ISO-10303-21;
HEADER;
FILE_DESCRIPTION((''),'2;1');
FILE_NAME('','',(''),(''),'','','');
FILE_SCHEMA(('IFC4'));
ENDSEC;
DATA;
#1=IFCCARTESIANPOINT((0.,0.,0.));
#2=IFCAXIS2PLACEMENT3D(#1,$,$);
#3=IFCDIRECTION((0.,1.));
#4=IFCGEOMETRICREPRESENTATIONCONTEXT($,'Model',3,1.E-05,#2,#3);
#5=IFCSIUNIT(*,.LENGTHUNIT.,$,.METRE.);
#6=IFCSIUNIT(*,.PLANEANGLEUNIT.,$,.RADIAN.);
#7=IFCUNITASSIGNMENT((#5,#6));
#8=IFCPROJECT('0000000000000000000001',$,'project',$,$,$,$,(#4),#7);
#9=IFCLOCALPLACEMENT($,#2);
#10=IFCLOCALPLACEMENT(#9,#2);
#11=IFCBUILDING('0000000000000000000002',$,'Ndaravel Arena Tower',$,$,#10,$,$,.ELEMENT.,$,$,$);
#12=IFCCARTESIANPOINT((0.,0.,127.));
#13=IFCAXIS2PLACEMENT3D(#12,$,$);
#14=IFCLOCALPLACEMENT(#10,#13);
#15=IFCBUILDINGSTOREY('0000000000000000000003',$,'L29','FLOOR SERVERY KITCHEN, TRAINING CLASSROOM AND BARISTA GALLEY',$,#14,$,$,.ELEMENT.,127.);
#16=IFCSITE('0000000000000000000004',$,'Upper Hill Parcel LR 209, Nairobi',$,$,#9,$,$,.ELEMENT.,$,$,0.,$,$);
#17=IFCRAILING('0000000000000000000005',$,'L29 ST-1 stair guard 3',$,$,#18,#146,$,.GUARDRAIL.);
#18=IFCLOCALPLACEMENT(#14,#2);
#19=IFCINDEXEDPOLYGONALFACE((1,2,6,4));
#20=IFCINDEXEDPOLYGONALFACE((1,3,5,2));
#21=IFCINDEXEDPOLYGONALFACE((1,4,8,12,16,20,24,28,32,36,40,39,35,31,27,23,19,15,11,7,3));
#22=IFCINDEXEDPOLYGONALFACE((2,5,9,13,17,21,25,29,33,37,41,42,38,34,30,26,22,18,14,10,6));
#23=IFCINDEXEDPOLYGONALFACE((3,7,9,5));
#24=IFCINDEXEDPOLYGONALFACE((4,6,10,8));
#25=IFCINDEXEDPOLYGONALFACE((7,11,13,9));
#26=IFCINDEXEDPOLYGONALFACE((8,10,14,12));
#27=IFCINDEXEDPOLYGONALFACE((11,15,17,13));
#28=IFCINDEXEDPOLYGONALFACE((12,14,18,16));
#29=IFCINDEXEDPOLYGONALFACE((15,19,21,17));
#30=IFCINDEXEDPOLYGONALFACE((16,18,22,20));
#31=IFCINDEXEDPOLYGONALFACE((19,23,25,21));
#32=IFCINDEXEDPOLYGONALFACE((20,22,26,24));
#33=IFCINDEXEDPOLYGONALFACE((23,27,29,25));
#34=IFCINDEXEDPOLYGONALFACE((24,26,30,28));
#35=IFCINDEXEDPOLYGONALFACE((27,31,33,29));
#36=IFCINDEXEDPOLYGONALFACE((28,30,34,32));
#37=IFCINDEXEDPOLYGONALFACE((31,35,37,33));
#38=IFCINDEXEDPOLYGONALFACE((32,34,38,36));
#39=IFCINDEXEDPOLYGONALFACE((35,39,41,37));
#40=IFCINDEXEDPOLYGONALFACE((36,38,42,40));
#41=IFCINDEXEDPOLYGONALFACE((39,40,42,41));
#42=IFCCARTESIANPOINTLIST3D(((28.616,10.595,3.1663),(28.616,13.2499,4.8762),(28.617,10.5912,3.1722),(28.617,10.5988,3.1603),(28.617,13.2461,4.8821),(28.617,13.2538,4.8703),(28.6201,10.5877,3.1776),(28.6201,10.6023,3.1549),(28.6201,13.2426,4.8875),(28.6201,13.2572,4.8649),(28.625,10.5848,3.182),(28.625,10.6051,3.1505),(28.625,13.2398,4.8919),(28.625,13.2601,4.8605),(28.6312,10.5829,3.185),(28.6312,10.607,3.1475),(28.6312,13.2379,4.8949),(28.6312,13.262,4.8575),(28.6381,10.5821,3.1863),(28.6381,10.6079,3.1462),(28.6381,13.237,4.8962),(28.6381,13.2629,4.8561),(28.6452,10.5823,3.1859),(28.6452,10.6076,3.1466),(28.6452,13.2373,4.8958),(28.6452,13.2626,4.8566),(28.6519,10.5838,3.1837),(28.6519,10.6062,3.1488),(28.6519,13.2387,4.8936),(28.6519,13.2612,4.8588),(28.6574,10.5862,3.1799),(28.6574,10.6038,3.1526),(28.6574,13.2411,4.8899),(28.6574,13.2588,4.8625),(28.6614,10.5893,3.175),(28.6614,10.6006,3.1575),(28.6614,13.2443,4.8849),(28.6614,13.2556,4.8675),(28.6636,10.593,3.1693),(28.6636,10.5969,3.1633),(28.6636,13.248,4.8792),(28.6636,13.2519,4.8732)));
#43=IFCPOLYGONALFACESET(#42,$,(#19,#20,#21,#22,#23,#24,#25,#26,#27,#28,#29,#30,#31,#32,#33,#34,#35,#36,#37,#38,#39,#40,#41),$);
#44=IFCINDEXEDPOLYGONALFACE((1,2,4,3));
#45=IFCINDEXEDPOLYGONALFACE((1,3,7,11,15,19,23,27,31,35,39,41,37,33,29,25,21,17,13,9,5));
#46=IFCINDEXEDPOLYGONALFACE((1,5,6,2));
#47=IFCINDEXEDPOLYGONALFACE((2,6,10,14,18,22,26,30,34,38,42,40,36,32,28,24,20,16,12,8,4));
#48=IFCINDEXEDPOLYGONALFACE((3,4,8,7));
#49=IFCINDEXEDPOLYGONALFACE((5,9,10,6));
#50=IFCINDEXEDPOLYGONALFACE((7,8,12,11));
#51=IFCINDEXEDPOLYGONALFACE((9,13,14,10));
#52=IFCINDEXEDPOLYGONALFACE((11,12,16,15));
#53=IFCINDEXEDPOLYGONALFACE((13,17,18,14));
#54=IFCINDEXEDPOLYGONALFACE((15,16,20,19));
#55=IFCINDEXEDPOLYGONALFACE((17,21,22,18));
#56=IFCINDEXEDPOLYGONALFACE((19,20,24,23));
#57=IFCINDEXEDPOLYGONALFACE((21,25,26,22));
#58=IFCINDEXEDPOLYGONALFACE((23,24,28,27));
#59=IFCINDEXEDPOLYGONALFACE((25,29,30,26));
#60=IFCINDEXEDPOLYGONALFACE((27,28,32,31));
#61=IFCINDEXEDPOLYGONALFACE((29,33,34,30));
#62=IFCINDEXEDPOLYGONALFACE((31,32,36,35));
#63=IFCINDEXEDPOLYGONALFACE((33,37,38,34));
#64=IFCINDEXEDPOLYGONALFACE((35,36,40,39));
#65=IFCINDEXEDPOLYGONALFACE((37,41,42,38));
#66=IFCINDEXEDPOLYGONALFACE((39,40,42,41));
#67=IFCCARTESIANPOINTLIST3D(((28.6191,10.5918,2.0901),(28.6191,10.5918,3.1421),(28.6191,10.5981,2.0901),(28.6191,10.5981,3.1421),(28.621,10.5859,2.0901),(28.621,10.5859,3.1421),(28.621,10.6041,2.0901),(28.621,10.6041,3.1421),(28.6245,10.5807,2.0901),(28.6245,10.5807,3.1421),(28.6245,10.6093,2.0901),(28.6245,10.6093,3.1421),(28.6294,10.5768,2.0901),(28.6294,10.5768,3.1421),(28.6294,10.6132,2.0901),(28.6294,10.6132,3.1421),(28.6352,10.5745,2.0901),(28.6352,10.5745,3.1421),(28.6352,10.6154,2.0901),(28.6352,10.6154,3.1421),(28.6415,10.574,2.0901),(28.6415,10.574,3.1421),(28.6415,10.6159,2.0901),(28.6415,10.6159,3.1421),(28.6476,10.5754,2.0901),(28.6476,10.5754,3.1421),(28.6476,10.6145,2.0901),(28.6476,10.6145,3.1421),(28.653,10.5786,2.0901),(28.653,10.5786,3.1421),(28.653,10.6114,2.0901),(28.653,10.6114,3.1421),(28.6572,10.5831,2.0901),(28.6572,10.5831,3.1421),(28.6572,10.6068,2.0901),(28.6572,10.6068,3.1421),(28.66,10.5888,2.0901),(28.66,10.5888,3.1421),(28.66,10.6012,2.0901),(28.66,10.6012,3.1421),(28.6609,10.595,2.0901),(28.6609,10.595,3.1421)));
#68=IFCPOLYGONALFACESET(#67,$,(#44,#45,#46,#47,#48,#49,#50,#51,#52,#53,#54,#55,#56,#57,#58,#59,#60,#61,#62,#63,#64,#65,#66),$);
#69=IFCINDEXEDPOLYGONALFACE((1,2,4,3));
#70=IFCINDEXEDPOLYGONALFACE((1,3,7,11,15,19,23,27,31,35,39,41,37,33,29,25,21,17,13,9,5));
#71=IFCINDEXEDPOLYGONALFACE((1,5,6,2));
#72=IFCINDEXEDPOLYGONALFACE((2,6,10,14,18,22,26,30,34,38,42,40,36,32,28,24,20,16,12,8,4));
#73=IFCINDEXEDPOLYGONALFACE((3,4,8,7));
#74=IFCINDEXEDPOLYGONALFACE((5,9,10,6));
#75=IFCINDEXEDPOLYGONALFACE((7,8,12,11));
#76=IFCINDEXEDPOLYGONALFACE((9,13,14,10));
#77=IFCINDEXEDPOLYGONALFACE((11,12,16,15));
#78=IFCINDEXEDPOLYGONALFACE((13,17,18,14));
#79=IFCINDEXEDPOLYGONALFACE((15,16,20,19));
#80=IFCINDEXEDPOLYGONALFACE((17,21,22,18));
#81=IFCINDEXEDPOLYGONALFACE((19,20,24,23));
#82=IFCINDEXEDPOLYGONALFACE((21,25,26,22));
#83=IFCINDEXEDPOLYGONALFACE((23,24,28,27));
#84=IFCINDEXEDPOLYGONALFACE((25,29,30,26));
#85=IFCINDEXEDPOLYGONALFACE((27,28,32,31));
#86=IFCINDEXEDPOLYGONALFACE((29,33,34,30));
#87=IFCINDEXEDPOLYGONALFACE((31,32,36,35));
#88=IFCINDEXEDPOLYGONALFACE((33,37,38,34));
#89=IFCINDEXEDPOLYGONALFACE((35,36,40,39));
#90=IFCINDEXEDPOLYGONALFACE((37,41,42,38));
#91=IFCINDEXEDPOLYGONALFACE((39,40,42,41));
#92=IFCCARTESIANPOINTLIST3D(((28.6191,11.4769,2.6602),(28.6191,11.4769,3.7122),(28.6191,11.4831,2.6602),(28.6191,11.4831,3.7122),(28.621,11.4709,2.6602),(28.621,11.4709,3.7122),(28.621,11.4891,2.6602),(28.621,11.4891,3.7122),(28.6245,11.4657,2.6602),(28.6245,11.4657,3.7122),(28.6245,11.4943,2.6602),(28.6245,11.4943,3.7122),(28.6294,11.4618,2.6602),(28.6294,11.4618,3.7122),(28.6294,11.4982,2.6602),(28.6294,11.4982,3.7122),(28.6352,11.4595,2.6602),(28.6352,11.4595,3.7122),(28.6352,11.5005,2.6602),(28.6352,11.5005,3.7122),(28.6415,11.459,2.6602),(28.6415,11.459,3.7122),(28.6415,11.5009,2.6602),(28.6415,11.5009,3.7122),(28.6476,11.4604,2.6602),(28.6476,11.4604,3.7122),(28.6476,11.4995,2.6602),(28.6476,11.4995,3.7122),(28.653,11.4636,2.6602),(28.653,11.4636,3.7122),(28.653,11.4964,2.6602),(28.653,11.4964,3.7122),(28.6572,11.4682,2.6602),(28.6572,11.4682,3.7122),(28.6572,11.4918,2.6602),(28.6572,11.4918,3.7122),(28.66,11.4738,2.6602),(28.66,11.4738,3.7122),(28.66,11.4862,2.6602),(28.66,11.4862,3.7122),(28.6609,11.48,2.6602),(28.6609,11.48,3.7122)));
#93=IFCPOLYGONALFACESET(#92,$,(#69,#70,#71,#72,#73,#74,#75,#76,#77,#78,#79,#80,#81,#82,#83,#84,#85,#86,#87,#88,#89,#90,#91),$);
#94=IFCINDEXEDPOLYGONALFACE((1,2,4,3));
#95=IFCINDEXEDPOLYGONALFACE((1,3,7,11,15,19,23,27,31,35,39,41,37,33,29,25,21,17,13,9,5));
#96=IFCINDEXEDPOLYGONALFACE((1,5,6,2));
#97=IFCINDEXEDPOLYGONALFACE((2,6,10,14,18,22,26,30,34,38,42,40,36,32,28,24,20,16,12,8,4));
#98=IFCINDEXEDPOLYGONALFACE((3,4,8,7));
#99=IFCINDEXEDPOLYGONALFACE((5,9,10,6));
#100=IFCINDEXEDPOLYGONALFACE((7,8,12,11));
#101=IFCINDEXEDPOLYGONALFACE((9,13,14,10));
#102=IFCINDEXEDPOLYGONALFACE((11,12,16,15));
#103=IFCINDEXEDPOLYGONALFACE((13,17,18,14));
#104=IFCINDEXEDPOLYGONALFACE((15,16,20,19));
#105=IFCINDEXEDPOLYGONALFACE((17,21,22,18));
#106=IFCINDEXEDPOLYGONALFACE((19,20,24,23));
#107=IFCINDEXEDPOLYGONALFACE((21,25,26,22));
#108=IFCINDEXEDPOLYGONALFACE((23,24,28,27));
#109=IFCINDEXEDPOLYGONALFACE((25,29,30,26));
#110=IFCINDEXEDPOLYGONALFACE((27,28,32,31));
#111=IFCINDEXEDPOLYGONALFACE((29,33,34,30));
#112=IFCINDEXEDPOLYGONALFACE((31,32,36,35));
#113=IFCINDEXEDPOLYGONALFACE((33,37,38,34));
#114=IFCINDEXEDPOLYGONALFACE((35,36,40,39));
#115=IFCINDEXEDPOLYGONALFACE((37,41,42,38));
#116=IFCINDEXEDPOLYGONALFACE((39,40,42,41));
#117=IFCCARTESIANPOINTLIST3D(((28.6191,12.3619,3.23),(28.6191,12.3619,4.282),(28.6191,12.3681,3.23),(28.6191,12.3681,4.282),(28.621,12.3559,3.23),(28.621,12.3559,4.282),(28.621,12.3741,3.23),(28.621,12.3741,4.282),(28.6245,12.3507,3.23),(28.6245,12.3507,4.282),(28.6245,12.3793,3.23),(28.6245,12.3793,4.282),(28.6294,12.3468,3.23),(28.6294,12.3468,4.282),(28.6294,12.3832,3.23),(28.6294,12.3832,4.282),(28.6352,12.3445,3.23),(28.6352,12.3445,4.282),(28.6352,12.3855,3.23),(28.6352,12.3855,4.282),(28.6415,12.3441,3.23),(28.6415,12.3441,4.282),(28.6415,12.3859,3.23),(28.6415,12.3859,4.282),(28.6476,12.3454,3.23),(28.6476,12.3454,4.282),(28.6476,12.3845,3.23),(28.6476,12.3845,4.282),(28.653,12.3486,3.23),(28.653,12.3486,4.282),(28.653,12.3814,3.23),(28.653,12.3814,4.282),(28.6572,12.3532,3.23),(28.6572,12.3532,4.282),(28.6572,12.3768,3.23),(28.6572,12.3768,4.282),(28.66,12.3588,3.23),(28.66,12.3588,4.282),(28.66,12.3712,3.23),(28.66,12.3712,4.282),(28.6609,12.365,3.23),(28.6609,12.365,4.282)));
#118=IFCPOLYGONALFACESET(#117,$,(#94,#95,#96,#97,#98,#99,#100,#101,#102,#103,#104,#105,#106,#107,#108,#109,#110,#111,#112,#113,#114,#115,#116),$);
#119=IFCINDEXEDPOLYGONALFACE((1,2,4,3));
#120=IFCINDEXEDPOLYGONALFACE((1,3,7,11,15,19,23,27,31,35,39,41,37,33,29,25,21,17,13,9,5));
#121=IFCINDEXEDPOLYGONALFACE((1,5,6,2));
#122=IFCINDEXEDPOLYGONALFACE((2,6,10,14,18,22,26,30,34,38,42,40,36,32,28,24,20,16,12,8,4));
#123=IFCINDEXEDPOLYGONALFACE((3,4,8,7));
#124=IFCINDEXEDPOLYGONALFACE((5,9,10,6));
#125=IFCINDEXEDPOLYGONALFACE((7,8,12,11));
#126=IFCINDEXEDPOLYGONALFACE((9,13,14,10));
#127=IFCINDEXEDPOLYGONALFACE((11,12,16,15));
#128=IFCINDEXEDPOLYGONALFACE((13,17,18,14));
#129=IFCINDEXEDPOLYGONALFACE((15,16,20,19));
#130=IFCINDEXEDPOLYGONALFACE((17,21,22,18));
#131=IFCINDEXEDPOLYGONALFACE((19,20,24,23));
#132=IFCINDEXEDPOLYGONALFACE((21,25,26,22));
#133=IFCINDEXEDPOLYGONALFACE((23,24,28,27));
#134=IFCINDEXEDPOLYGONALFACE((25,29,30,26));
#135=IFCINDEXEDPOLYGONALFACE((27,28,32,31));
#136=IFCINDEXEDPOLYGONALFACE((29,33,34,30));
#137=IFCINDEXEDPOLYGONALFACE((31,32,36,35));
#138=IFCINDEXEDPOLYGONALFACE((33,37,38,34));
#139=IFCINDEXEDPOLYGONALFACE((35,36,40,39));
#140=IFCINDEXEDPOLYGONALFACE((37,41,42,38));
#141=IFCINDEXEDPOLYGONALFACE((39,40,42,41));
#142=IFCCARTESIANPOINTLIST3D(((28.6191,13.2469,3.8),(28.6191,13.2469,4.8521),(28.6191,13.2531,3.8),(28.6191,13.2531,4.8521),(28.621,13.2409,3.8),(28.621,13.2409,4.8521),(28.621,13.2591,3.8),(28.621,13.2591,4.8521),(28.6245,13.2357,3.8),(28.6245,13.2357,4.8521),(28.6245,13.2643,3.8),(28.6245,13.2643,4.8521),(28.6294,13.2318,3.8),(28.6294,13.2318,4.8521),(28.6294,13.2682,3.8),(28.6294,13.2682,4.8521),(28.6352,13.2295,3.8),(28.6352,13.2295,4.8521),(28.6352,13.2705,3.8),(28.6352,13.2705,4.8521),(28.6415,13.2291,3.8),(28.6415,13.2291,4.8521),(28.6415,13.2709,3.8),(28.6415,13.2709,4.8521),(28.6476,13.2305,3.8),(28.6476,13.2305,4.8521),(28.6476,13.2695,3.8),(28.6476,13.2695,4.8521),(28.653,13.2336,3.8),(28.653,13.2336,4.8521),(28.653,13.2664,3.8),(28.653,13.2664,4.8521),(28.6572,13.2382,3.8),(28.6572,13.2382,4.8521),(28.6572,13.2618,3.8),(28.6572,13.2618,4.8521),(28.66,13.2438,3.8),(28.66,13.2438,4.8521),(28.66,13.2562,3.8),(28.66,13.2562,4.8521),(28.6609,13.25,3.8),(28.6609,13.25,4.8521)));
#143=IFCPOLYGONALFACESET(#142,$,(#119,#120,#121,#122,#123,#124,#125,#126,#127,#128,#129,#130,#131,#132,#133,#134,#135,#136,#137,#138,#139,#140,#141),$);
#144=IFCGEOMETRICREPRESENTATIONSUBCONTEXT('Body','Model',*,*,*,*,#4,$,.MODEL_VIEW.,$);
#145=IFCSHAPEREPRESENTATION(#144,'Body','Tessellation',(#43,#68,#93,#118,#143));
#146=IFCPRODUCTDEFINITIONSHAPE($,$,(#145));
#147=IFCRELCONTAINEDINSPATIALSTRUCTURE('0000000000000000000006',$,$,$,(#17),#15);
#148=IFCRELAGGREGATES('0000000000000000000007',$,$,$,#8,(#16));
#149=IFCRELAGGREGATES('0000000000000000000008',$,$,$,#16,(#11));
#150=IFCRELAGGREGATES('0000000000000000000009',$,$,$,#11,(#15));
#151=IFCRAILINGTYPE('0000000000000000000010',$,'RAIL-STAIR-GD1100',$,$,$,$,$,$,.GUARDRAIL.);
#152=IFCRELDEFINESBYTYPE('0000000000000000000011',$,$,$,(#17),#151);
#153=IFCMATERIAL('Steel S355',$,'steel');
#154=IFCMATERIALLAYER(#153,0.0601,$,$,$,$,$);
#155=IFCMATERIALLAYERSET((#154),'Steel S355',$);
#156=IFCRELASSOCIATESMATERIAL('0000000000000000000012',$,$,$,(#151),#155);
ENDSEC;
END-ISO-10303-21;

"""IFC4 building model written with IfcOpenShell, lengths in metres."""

from ifc_helpers import new_model, si_unit, direction, frame, origin, origin_2d, place, context, subcontext, project, spatial, circle, extrude, material, layer, layer_set, type_object, element, save


model = new_model("IFC4")

# Units and contexts
model_context = context("Model", 3, precision=1e-05, world=origin(), true_north=direction((0.0, 1.0)))
body_context = subcontext(model_context, "Body", "Model", "MODEL_VIEW")
ifc_project = project(units=[si_unit("LENGTHUNIT", "METRE"), si_unit("PLANEANGLEUNIT", "RADIAN")], contexts=[model_context])

# Site, building, storey
site_placement = place(None, origin())
site = spatial("IfcSite", under=ifc_project, at=site_placement, Name="Upper Hill Parcel LR 209, Nairobi", CompositionType="ELEMENT", RefElevation=0.0)
building_placement = place(site_placement, origin())
building = spatial("IfcBuilding", under=site, at=building_placement, Name="Ndaravel Arena Tower", CompositionType="ELEMENT")
storey_placement = place(building_placement, frame((0.0, 0.0, 127.0)))
storey = spatial("IfcBuildingStorey", under=building, at=storey_placement, Name="L29", Description="FLOOR SERVERY KITCHEN, TRAINING CLASSROOM AND BARISTA GALLEY", CompositionType="ELEMENT", Elevation=127.0)

# Railing
ifc_material_1 = material(Name="Steel S355", Category="steel")
ifc_layer_1 = layer(ifc_material_1, 0.0601)
ifc_layer_set_1 = layer_set([ifc_layer_1], Name="Steel S355")
railing_type_1 = type_object("IfcRailingType", Name="RAIL-STAIR-GD1100", PredefinedType="GUARDRAIL", material=ifc_layer_set_1)
railing_1_placement = place(storey_placement, frame((28.6399, 10.595, 2.0901)))
element("IfcRailing", 1, at=railing_1_placement, inside=storey, type_object=railing_type_1, Name="L29 ST-1 stair guard 3", PredefinedType="GUARDRAIL", context=body_context, shape_type="SweptSolid", body=[
    extrude(circle(Radius=0.0239, at=origin_2d()), frame((0.0, 0.0, 1.0762), z_axis=(0.0, 0.840724, 0.541465), x_axis=(-1.0, 0.0, 0.0)), (0.0, 0.0, 1.0), 3.158),
    extrude(circle(Radius=0.021, at=origin_2d()), origin(), (0.0, 0.0, 1.0), 1.052),
    extrude(circle(Radius=0.021, at=origin_2d()), frame((0.0, 0.885, 0.5701)), (0.0, 0.0, 1.0), 1.052),
    extrude(circle(Radius=0.021, at=origin_2d()), frame((0.0, 1.77, 1.1399)), (0.0, 0.0, 1.0), 1.052),
    extrude(circle(Radius=0.021, at=origin_2d()), frame((0.0, 2.655, 1.71)), (0.0, 0.0, 1.0), 1.052),
])

save(model, "model.ifc")
